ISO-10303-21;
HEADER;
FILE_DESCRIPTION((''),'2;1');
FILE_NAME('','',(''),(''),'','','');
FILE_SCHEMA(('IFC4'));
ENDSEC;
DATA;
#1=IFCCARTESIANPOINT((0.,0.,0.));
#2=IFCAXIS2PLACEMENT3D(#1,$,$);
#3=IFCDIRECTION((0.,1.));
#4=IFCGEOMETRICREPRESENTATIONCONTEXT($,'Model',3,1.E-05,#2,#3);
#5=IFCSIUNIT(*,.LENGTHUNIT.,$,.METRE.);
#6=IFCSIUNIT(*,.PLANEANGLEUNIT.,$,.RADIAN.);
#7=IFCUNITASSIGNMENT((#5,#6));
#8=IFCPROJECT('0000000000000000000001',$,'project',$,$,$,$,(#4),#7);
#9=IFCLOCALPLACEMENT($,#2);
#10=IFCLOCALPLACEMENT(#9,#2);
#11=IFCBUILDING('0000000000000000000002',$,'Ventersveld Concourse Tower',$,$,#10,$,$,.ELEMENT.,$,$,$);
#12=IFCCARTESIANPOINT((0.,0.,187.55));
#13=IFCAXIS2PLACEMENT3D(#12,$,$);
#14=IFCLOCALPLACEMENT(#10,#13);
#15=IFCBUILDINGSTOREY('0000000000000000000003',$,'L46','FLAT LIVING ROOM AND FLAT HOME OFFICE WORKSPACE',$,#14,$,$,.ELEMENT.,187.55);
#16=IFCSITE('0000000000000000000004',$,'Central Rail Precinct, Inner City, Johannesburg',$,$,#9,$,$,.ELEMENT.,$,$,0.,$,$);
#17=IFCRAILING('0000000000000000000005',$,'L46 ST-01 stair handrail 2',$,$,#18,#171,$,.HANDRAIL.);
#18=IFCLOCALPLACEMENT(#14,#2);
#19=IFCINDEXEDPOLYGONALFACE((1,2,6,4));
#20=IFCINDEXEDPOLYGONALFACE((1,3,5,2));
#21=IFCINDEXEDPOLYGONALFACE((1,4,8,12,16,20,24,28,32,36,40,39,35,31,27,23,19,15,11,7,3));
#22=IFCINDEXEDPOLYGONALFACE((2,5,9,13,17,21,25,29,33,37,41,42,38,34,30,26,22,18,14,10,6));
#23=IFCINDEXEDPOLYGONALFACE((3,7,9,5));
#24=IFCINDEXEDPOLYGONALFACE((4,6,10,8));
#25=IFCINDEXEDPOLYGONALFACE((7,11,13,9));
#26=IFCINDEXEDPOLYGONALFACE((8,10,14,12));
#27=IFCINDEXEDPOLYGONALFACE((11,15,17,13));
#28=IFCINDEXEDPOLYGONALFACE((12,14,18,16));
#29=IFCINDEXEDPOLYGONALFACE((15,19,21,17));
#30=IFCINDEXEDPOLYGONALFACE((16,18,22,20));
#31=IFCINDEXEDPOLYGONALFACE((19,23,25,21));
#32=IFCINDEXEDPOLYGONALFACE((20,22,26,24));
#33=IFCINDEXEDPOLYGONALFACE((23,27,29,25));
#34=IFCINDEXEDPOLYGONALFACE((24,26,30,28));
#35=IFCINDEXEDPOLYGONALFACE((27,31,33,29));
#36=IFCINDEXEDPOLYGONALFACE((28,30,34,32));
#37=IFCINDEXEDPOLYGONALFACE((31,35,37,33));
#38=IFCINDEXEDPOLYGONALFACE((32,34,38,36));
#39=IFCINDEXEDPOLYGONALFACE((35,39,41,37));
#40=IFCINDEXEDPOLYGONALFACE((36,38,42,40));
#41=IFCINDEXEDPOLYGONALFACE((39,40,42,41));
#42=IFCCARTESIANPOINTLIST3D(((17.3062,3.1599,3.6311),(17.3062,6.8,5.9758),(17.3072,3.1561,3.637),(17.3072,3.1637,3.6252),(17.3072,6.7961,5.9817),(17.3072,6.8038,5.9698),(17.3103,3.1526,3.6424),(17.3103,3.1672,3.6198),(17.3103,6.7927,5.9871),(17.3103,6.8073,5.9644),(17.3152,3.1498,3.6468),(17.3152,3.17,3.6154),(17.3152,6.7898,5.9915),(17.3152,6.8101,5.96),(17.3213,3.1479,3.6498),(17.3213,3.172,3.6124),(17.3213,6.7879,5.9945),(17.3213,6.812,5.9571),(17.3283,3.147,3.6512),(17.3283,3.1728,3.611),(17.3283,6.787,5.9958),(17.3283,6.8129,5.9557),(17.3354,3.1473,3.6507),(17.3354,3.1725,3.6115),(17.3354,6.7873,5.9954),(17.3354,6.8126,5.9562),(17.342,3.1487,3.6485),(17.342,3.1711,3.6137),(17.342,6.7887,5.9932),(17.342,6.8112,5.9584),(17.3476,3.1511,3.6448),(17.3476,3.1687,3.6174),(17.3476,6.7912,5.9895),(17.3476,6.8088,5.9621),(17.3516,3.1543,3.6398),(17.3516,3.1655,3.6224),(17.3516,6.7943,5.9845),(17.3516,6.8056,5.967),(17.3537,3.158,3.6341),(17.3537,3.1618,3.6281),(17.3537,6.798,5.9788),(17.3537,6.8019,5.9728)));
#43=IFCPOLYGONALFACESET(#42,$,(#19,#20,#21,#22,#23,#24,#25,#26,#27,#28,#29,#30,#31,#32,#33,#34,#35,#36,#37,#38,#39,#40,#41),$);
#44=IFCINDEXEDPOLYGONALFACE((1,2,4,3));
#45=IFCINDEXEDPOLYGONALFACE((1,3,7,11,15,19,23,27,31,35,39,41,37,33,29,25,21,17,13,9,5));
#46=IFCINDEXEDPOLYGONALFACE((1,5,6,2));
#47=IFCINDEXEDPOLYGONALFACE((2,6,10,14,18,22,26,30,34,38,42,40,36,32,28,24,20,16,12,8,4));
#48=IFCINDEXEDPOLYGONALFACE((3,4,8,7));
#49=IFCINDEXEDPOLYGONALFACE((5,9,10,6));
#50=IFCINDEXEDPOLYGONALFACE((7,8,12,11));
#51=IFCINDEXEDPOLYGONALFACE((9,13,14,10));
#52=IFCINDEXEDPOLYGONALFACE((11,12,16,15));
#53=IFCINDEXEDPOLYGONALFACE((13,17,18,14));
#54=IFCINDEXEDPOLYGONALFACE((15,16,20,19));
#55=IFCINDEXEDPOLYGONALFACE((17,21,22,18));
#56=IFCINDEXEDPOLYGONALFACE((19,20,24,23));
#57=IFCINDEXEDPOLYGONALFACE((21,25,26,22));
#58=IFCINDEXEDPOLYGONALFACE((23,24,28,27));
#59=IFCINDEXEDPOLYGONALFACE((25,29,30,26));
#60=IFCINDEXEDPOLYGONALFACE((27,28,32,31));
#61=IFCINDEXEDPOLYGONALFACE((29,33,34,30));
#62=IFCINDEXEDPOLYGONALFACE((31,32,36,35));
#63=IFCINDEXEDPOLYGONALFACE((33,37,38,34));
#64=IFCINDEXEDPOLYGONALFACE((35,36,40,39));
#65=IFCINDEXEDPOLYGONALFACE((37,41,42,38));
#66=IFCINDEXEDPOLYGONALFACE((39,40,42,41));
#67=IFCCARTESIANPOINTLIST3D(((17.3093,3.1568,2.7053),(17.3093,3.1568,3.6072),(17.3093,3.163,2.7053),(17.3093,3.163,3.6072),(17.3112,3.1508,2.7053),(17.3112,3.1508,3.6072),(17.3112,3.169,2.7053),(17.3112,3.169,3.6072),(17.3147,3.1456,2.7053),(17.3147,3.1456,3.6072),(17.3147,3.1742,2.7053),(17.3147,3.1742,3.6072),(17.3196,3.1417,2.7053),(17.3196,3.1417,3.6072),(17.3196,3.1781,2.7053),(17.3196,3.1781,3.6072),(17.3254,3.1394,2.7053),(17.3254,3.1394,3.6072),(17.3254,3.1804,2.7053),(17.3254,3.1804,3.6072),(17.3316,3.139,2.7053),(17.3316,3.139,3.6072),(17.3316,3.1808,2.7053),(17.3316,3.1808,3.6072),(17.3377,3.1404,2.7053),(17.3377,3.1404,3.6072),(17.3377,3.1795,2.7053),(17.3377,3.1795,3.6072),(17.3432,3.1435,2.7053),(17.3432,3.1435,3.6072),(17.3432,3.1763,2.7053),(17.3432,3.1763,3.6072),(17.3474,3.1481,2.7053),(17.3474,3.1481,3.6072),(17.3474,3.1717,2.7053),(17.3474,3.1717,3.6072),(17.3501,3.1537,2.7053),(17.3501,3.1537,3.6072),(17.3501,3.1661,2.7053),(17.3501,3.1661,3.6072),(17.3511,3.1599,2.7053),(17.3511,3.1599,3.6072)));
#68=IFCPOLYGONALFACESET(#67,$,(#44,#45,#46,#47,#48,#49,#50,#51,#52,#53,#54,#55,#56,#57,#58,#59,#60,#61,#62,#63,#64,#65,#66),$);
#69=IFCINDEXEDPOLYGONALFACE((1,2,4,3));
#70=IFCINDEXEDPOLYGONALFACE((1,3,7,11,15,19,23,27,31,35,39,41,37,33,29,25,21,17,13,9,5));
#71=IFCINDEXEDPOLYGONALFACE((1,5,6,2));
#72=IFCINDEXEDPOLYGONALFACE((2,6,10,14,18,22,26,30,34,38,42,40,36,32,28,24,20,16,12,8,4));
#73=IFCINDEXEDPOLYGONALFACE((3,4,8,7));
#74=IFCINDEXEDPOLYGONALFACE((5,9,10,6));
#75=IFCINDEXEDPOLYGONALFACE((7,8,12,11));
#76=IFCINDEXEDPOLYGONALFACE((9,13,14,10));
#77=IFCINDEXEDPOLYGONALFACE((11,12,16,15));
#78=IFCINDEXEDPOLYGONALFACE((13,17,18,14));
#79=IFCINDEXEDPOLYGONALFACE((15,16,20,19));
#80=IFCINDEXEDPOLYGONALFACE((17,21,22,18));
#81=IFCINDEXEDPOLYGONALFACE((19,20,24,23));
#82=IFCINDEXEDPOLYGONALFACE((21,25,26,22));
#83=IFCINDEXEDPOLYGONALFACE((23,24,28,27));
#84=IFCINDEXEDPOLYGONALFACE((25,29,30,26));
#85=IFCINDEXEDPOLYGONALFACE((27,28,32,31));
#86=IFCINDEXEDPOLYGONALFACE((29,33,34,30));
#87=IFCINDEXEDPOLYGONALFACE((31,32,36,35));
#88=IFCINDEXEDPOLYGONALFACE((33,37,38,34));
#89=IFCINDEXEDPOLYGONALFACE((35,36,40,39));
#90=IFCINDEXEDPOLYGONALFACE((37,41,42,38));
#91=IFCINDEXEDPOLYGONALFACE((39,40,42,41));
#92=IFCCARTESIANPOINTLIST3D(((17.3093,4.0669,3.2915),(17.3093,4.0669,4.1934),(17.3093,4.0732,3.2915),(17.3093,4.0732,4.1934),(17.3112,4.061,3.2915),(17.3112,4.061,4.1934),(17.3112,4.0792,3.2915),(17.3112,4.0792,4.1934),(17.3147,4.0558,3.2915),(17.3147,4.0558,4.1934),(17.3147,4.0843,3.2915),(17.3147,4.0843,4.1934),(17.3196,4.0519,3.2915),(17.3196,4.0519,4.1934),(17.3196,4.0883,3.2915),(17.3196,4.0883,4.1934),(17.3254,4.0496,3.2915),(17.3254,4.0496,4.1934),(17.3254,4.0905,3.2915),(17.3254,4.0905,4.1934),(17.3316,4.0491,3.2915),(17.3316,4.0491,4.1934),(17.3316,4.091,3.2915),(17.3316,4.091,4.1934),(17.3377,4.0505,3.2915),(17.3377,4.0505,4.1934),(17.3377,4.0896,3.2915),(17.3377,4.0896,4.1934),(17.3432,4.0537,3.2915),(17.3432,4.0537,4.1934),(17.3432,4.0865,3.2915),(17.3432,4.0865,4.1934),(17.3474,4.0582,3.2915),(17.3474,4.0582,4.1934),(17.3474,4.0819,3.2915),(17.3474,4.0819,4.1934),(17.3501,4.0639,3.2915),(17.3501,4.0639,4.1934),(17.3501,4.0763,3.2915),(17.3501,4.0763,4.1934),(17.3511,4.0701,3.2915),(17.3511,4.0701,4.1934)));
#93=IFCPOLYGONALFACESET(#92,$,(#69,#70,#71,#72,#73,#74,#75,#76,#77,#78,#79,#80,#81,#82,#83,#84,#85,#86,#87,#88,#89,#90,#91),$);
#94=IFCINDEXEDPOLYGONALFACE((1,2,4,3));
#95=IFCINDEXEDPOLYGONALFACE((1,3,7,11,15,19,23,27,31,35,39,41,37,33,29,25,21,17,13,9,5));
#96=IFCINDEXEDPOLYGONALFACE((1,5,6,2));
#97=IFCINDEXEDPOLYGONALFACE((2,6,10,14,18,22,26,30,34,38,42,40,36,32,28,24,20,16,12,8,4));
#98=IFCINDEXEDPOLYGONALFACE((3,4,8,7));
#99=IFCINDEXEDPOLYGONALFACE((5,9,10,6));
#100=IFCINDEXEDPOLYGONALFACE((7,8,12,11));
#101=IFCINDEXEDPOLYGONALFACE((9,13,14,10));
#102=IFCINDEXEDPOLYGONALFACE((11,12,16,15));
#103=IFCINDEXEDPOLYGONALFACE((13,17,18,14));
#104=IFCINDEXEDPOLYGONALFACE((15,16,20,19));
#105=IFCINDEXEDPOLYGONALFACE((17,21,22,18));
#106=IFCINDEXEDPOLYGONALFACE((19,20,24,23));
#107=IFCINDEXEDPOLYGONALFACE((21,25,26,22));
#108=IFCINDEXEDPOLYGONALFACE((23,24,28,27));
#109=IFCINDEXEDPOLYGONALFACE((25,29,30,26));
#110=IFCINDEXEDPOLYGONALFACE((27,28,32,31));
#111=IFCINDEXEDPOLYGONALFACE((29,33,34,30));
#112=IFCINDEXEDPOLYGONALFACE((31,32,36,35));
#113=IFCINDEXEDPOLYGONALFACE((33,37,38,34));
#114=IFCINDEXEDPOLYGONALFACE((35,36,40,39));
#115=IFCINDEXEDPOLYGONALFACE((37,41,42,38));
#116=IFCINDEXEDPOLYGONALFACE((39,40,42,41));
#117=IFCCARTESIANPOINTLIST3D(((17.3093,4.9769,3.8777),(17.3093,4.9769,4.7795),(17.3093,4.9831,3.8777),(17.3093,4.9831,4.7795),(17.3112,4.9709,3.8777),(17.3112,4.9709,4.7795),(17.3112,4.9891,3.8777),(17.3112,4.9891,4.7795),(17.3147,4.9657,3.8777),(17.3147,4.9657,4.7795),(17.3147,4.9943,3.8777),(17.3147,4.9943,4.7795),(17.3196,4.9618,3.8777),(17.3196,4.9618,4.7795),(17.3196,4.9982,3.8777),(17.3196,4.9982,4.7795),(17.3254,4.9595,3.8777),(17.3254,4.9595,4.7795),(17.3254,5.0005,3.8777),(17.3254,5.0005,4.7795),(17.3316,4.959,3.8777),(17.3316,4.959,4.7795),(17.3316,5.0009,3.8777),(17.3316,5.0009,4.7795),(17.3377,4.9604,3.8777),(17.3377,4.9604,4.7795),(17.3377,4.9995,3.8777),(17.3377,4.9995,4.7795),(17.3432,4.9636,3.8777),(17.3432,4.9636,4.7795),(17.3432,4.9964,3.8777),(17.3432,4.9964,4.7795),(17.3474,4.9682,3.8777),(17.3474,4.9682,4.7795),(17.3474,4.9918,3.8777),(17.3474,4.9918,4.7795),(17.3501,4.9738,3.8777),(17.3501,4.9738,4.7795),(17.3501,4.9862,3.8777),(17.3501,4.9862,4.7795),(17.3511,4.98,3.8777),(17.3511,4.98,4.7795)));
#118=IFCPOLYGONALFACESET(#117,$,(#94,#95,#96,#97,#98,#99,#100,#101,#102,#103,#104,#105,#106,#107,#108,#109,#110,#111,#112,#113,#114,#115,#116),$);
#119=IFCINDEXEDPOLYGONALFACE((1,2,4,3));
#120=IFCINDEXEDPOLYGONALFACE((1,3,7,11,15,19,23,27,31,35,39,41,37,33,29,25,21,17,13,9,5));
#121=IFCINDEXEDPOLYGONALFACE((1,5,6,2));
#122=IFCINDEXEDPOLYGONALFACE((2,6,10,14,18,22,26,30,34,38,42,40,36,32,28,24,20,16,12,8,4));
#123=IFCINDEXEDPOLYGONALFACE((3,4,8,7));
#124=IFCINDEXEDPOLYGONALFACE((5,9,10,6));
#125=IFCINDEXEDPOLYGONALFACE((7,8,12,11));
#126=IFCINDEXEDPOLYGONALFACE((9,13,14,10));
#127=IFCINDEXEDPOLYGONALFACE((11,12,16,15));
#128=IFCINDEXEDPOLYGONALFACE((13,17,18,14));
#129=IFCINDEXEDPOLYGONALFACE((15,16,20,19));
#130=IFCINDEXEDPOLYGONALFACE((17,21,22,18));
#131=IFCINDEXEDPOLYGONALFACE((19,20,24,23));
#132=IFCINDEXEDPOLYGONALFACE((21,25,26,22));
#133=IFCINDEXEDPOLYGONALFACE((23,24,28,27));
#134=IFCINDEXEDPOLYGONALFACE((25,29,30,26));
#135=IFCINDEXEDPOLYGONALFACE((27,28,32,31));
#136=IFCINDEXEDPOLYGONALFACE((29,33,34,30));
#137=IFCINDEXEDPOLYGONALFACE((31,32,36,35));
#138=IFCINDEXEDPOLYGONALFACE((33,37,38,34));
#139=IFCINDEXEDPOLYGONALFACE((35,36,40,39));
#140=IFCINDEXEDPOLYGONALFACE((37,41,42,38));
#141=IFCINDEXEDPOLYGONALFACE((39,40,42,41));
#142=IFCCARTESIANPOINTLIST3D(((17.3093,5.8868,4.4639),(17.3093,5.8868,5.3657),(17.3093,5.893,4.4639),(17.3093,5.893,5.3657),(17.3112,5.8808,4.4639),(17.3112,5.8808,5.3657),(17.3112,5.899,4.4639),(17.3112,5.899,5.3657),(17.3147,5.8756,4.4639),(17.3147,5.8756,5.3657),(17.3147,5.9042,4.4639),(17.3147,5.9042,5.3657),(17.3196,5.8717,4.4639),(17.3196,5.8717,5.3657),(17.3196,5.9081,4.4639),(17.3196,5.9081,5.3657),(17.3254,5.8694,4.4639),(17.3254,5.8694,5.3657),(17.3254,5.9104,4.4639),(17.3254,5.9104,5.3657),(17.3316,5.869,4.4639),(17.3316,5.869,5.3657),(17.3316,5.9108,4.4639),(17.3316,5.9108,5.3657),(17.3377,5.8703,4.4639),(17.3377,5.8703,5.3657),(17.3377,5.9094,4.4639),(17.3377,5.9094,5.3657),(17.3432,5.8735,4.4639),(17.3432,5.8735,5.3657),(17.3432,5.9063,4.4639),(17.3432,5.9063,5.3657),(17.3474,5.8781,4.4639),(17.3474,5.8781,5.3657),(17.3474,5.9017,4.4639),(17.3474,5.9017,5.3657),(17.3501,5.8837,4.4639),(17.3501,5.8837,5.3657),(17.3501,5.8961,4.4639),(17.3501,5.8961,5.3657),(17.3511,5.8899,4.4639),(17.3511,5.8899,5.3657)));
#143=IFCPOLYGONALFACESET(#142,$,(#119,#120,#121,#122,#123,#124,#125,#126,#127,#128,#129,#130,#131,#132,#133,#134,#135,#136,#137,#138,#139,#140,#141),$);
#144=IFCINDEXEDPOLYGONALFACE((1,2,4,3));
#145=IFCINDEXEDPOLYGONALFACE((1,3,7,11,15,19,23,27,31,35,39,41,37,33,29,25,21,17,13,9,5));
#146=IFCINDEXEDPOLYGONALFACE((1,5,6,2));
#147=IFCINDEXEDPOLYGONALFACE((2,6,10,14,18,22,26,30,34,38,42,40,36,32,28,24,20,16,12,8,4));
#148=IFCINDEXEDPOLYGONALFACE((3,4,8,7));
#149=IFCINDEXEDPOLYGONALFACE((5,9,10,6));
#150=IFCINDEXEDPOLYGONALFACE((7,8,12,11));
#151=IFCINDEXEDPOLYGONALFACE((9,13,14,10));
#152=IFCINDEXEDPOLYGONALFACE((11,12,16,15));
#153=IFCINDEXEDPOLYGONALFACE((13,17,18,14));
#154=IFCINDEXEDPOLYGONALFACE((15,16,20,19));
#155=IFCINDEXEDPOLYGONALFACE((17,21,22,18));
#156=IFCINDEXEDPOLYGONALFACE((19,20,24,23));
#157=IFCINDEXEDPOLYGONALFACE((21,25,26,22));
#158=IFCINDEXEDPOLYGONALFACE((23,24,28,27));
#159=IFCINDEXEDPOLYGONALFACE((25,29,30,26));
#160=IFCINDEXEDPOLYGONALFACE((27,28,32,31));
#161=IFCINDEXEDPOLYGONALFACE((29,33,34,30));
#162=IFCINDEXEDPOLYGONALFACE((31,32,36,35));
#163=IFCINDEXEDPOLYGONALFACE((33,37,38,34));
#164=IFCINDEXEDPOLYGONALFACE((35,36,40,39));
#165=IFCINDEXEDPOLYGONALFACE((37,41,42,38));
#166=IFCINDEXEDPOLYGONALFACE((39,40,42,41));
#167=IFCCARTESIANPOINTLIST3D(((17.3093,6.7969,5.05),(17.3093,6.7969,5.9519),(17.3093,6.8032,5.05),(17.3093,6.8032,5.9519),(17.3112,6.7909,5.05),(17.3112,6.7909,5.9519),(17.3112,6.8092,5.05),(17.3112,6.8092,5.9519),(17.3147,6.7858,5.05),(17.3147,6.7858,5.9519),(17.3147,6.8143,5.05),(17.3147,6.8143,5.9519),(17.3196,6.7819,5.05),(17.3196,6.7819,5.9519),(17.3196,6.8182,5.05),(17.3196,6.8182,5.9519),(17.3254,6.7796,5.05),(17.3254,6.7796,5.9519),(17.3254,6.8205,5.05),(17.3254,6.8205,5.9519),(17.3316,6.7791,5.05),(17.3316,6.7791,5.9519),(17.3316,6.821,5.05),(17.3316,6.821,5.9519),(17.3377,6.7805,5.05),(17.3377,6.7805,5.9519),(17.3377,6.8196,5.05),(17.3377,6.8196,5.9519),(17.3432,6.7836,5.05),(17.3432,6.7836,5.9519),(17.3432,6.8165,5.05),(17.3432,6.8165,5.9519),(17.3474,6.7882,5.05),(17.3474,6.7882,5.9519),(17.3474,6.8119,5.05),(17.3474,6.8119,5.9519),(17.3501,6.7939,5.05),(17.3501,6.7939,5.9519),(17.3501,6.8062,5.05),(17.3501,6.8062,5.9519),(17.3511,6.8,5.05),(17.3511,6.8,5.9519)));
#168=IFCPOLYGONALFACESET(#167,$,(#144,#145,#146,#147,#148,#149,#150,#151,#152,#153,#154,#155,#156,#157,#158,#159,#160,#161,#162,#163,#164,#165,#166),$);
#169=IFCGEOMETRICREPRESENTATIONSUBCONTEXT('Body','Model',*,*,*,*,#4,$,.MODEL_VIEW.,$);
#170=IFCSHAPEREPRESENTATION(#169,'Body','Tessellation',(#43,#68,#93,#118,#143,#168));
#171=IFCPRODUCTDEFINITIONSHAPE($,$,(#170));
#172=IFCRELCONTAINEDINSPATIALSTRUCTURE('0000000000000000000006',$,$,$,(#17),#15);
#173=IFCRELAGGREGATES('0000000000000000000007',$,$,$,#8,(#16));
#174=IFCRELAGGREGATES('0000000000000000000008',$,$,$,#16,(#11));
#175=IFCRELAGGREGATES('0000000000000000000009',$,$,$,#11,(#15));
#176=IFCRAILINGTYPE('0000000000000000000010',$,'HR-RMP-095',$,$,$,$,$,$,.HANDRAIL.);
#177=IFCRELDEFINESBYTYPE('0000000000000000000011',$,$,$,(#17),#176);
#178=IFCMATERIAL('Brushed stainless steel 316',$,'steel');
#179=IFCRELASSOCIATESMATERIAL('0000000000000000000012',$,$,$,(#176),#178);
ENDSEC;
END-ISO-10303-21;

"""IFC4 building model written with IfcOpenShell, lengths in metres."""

from ifc_helpers import new_model, si_unit, direction, frame, origin, origin_2d, place, context, subcontext, project, spatial, circle, extrude, material, type_object, element, save


model = new_model("IFC4")

# Units and contexts
model_context = context("Model", 3, precision=1e-05, world=origin(), true_north=direction((0.0, 1.0)))
body_context = subcontext(model_context, "Body", "Model", "MODEL_VIEW")
ifc_project = project(units=[si_unit("LENGTHUNIT", "METRE"), si_unit("PLANEANGLEUNIT", "RADIAN")], contexts=[model_context])

# Site, building, storey
site_placement = place(None, origin())
site = spatial("IfcSite", under=ifc_project, at=site_placement, Name="Central Rail Precinct, Inner City, Johannesburg", CompositionType="ELEMENT", RefElevation=0.0)
building_placement = place(site_placement, origin())
building = spatial("IfcBuilding", under=site, at=building_placement, Name="Ventersveld Concourse Tower", CompositionType="ELEMENT")
storey_placement = place(building_placement, frame((0.0, 0.0, 187.55)))
storey = spatial("IfcBuildingStorey", under=building, at=storey_placement, Name="L46", Description="FLAT LIVING ROOM AND FLAT HOME OFFICE WORKSPACE", CompositionType="ELEMENT", Elevation=187.55)

# Railing
ifc_material_1 = material(Name="Brushed stainless steel 316", Category="steel")
railing_type_1 = type_object("IfcRailingType", Name="HR-RMP-095", PredefinedType="HANDRAIL", material=ifc_material_1)
railing_1_placement = place(storey_placement, frame((17.3301, 3.1599, 2.7053)))
element("IfcRailing", 1, at=railing_1_placement, inside=storey, type_object=railing_type_1, Name="L46 ST-01 stair handrail 2", PredefinedType="HANDRAIL", context=body_context, shape_type="SweptSolid", body=[
    extrude(circle(Radius=0.0239, at=origin_2d()), frame((0.0, 0.0, 0.9258), z_axis=(0.0, 0.840691, 0.541515), x_axis=(-1.0, 0.0, 0.0)), (0.0, 0.0, 1.0), 4.3298),
    extrude(circle(Radius=0.021, at=origin_2d()), origin(), (0.0, 0.0, 1.0), 0.9019),
    extrude(circle(Radius=0.021, at=origin_2d()), frame((0.0, 0.9102, 0.5862)), (0.0, 0.0, 1.0), 0.9019),
    extrude(circle(Radius=0.021, at=origin_2d()), frame((0.0, 1.8201, 1.1724)), (0.0, 0.0, 1.0), 0.9019),
    extrude(circle(Radius=0.021, at=origin_2d()), frame((0.0, 2.73, 1.7585)), (0.0, 0.0, 1.0), 0.9019),
    extrude(circle(Radius=0.021, at=origin_2d()), frame((0.0, 3.6401, 2.3447)), (0.0, 0.0, 1.0), 0.9019),
])

save(model, "model.ifc")
